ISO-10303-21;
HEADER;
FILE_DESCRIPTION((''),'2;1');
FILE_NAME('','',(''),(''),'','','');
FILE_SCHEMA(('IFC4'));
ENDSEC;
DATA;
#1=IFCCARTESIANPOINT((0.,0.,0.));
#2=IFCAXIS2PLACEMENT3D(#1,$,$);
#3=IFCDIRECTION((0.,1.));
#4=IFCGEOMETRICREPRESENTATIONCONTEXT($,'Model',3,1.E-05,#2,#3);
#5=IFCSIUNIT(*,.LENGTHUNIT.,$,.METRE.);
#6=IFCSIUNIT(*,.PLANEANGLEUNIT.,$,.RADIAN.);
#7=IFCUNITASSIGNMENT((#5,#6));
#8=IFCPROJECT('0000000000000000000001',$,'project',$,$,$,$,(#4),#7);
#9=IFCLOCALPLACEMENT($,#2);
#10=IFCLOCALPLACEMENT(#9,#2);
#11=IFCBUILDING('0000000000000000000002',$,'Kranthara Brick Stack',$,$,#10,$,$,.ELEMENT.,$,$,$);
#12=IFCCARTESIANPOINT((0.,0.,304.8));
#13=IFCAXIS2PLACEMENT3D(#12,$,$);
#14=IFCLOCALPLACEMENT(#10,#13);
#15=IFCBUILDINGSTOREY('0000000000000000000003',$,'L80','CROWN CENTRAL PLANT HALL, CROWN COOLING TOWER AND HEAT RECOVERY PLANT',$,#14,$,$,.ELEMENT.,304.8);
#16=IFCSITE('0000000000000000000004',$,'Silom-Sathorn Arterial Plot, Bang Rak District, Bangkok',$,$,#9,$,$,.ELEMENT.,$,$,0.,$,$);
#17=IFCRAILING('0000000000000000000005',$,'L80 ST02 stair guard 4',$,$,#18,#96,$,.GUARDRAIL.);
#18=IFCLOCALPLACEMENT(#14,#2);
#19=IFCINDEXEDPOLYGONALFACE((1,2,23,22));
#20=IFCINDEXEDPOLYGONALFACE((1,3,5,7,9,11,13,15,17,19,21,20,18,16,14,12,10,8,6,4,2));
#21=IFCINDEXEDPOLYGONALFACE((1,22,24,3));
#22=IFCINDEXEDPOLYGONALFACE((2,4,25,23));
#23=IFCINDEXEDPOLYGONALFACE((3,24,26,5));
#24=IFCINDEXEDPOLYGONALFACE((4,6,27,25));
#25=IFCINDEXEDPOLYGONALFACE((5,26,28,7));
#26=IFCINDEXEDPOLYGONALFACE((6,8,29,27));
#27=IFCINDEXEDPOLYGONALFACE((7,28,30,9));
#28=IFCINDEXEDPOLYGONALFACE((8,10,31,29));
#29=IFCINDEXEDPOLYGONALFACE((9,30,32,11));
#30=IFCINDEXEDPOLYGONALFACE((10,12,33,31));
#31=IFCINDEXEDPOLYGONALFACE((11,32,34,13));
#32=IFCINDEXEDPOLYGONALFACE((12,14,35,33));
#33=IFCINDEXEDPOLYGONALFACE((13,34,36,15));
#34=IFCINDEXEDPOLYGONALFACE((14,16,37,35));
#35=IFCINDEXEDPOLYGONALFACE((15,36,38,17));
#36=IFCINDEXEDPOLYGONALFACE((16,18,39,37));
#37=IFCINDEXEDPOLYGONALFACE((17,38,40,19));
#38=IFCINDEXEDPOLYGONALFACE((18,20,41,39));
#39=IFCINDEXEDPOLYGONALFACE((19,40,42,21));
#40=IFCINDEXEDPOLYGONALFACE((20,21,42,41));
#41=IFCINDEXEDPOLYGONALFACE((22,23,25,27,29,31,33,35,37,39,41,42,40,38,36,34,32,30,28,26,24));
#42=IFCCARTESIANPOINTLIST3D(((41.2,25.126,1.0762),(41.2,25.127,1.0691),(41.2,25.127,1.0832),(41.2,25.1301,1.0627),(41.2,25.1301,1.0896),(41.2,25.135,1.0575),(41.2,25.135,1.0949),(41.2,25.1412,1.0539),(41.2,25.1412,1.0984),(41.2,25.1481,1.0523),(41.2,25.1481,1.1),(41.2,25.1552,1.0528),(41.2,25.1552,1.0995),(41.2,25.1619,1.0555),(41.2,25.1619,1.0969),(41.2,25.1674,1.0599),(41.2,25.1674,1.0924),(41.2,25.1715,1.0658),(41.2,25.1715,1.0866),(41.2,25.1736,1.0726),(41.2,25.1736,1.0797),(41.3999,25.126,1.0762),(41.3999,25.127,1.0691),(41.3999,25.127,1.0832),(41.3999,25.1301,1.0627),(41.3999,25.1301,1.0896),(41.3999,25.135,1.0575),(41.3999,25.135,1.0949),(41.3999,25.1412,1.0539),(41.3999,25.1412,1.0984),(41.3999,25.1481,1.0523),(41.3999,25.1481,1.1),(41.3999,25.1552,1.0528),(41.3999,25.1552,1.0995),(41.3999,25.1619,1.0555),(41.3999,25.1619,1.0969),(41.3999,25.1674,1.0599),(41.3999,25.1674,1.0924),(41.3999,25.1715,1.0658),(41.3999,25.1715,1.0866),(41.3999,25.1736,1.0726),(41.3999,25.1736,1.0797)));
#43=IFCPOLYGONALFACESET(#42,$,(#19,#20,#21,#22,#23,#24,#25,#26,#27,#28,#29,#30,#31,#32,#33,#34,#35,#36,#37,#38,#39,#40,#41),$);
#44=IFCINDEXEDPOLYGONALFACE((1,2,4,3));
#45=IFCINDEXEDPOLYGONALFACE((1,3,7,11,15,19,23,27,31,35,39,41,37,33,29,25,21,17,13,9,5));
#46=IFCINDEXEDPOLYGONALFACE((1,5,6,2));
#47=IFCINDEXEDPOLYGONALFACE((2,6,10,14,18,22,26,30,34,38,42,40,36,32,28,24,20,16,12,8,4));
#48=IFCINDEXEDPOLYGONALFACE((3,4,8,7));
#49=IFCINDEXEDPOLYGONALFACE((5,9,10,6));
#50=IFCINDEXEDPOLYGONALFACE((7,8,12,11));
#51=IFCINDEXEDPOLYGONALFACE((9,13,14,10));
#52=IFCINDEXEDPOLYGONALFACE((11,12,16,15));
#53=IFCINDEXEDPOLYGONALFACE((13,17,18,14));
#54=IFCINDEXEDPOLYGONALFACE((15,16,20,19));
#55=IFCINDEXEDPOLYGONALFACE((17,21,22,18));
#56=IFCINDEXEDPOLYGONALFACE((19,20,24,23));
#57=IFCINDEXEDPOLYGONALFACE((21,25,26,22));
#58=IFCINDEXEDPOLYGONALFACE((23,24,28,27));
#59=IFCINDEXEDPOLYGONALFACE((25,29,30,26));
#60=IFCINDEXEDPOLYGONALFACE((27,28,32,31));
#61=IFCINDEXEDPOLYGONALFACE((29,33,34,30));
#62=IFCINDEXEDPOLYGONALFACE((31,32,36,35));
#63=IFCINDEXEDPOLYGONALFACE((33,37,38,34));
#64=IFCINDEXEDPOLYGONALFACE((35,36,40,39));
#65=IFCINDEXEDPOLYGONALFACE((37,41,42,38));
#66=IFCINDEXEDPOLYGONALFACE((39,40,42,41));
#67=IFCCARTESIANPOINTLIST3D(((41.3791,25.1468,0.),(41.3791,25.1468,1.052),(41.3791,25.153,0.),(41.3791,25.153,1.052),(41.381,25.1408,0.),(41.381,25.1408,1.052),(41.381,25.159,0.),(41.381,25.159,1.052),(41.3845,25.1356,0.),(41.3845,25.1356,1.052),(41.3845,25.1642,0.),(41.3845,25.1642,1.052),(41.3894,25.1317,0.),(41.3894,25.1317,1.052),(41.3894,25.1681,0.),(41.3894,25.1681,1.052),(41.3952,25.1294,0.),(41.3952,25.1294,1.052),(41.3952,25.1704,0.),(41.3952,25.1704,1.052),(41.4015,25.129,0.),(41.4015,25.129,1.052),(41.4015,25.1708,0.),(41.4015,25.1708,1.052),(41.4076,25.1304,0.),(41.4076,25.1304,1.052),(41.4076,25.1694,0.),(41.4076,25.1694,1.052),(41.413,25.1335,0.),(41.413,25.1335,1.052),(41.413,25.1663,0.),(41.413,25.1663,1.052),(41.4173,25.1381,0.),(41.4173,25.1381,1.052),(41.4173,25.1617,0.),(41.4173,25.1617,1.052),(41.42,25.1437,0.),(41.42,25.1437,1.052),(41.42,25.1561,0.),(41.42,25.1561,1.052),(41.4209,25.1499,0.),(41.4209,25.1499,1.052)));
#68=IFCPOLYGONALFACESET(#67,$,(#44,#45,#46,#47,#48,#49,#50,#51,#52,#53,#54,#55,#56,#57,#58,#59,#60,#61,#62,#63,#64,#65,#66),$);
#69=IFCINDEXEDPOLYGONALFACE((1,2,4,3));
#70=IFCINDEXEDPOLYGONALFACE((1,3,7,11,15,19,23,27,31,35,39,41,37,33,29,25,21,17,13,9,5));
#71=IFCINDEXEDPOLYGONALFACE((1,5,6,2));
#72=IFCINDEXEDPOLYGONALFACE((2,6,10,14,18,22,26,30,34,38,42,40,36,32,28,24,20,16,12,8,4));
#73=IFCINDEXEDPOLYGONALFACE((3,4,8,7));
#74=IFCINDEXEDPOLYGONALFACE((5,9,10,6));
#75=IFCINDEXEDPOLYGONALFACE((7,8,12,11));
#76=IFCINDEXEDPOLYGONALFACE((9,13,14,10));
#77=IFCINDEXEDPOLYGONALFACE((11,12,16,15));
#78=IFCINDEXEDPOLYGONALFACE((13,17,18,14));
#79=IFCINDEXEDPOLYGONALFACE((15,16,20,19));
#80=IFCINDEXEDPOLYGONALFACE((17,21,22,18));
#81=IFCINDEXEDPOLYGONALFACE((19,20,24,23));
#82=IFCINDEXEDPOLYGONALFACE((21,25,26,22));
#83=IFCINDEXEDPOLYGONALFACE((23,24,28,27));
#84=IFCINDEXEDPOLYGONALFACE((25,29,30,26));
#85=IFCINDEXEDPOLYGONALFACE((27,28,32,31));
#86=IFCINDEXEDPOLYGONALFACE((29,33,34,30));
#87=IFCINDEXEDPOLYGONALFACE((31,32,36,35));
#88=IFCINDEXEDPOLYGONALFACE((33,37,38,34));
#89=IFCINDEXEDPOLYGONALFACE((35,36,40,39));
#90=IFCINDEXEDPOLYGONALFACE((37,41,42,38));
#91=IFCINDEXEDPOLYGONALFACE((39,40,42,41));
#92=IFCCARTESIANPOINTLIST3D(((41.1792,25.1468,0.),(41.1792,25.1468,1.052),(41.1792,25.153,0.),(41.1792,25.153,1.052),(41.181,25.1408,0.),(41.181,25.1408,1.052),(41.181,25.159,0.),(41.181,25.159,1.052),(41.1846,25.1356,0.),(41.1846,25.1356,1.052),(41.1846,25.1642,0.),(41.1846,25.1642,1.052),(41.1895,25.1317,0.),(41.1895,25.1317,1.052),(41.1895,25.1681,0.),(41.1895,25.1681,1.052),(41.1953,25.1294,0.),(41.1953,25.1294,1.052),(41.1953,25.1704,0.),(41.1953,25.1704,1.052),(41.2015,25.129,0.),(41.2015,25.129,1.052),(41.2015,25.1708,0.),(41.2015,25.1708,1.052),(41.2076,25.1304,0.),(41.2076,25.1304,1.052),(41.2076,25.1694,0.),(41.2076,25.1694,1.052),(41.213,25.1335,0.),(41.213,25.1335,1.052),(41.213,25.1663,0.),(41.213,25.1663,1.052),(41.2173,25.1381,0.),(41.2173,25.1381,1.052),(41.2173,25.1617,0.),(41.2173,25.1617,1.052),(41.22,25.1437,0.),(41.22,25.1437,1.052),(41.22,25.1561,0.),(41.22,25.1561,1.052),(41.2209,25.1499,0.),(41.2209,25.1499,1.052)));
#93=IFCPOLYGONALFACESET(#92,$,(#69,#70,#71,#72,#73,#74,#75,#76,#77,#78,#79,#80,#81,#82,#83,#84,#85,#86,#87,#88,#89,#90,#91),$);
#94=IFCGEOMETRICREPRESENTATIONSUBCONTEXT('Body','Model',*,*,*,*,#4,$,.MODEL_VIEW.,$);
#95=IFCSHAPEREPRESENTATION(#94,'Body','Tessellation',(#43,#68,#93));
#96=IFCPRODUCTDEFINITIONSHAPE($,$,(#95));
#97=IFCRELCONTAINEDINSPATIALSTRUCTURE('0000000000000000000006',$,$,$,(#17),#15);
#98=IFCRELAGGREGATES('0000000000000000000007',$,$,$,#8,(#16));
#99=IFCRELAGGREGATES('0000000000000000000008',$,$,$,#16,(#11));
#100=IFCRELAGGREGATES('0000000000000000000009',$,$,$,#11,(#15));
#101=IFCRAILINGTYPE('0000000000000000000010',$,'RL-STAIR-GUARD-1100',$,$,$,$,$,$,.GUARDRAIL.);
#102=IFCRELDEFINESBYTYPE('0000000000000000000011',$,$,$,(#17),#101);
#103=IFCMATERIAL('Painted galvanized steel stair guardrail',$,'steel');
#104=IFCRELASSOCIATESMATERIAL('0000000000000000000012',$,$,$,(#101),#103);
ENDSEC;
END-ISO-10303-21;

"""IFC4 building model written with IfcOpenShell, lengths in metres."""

from ifc_helpers import new_model, si_unit, direction, frame, origin, origin_2d, place, context, subcontext, project, spatial, circle, extrude, material, type_object, element, save


model = new_model("IFC4")

# Units and contexts
model_context = context("Model", 3, precision=1e-05, world=origin(), true_north=direction((0.0, 1.0)))
body_context = subcontext(model_context, "Body", "Model", "MODEL_VIEW")
ifc_project = project(units=[si_unit("LENGTHUNIT", "METRE"), si_unit("PLANEANGLEUNIT", "RADIAN")], contexts=[model_context])

# Site, building, storey
site_placement = place(None, origin())
site = spatial("IfcSite", under=ifc_project, at=site_placement, Name="Silom-Sathorn Arterial Plot, Bang Rak District, Bangkok", CompositionType="ELEMENT", RefElevation=0.0)
building_placement = place(site_placement, origin())
building = spatial("IfcBuilding", under=site, at=building_placement, Name="Kranthara Brick Stack", CompositionType="ELEMENT")
storey_placement = place(building_placement, frame((0.0, 0.0, 304.8)))
storey = spatial("IfcBuildingStorey", under=building, at=storey_placement, Name="L80", Description="CROWN CENTRAL PLANT HALL, CROWN COOLING TOWER AND HEAT RECOVERY PLANT", CompositionType="ELEMENT", Elevation=304.8)

# Railing
ifc_material_1 = material(Name="Painted galvanized steel stair guardrail", Category="steel")
railing_type_1 = type_object("IfcRailingType", Name="RL-STAIR-GUARD-1100", PredefinedType="GUARDRAIL", material=ifc_material_1)
railing_1_placement = place(storey_placement, frame((41.3999, 25.1499, 0.0)))
element("IfcRailing", 1, at=railing_1_placement, inside=storey, type_object=railing_type_1, Name="L80 ST02 stair guard 4", PredefinedType="GUARDRAIL", context=body_context, shape_type="SweptSolid", body=[
    extrude(circle(Radius=0.0239, at=origin_2d()), frame((0.0, 0.0, 1.0762), z_axis=(-1.0, 0.0, 0.0), x_axis=(0.0, -1.0, 0.0)), (0.0, 0.0, 1.0), 0.2),
    extrude(circle(Radius=0.021, at=origin_2d()), origin(), (0.0, 0.0, 1.0), 1.052),
    extrude(circle(Radius=0.021, at=origin_2d()), frame((-0.2, 0.0, 0.0)), (0.0, 0.0, 1.0), 1.052),
])

save(model, "model.ifc")
